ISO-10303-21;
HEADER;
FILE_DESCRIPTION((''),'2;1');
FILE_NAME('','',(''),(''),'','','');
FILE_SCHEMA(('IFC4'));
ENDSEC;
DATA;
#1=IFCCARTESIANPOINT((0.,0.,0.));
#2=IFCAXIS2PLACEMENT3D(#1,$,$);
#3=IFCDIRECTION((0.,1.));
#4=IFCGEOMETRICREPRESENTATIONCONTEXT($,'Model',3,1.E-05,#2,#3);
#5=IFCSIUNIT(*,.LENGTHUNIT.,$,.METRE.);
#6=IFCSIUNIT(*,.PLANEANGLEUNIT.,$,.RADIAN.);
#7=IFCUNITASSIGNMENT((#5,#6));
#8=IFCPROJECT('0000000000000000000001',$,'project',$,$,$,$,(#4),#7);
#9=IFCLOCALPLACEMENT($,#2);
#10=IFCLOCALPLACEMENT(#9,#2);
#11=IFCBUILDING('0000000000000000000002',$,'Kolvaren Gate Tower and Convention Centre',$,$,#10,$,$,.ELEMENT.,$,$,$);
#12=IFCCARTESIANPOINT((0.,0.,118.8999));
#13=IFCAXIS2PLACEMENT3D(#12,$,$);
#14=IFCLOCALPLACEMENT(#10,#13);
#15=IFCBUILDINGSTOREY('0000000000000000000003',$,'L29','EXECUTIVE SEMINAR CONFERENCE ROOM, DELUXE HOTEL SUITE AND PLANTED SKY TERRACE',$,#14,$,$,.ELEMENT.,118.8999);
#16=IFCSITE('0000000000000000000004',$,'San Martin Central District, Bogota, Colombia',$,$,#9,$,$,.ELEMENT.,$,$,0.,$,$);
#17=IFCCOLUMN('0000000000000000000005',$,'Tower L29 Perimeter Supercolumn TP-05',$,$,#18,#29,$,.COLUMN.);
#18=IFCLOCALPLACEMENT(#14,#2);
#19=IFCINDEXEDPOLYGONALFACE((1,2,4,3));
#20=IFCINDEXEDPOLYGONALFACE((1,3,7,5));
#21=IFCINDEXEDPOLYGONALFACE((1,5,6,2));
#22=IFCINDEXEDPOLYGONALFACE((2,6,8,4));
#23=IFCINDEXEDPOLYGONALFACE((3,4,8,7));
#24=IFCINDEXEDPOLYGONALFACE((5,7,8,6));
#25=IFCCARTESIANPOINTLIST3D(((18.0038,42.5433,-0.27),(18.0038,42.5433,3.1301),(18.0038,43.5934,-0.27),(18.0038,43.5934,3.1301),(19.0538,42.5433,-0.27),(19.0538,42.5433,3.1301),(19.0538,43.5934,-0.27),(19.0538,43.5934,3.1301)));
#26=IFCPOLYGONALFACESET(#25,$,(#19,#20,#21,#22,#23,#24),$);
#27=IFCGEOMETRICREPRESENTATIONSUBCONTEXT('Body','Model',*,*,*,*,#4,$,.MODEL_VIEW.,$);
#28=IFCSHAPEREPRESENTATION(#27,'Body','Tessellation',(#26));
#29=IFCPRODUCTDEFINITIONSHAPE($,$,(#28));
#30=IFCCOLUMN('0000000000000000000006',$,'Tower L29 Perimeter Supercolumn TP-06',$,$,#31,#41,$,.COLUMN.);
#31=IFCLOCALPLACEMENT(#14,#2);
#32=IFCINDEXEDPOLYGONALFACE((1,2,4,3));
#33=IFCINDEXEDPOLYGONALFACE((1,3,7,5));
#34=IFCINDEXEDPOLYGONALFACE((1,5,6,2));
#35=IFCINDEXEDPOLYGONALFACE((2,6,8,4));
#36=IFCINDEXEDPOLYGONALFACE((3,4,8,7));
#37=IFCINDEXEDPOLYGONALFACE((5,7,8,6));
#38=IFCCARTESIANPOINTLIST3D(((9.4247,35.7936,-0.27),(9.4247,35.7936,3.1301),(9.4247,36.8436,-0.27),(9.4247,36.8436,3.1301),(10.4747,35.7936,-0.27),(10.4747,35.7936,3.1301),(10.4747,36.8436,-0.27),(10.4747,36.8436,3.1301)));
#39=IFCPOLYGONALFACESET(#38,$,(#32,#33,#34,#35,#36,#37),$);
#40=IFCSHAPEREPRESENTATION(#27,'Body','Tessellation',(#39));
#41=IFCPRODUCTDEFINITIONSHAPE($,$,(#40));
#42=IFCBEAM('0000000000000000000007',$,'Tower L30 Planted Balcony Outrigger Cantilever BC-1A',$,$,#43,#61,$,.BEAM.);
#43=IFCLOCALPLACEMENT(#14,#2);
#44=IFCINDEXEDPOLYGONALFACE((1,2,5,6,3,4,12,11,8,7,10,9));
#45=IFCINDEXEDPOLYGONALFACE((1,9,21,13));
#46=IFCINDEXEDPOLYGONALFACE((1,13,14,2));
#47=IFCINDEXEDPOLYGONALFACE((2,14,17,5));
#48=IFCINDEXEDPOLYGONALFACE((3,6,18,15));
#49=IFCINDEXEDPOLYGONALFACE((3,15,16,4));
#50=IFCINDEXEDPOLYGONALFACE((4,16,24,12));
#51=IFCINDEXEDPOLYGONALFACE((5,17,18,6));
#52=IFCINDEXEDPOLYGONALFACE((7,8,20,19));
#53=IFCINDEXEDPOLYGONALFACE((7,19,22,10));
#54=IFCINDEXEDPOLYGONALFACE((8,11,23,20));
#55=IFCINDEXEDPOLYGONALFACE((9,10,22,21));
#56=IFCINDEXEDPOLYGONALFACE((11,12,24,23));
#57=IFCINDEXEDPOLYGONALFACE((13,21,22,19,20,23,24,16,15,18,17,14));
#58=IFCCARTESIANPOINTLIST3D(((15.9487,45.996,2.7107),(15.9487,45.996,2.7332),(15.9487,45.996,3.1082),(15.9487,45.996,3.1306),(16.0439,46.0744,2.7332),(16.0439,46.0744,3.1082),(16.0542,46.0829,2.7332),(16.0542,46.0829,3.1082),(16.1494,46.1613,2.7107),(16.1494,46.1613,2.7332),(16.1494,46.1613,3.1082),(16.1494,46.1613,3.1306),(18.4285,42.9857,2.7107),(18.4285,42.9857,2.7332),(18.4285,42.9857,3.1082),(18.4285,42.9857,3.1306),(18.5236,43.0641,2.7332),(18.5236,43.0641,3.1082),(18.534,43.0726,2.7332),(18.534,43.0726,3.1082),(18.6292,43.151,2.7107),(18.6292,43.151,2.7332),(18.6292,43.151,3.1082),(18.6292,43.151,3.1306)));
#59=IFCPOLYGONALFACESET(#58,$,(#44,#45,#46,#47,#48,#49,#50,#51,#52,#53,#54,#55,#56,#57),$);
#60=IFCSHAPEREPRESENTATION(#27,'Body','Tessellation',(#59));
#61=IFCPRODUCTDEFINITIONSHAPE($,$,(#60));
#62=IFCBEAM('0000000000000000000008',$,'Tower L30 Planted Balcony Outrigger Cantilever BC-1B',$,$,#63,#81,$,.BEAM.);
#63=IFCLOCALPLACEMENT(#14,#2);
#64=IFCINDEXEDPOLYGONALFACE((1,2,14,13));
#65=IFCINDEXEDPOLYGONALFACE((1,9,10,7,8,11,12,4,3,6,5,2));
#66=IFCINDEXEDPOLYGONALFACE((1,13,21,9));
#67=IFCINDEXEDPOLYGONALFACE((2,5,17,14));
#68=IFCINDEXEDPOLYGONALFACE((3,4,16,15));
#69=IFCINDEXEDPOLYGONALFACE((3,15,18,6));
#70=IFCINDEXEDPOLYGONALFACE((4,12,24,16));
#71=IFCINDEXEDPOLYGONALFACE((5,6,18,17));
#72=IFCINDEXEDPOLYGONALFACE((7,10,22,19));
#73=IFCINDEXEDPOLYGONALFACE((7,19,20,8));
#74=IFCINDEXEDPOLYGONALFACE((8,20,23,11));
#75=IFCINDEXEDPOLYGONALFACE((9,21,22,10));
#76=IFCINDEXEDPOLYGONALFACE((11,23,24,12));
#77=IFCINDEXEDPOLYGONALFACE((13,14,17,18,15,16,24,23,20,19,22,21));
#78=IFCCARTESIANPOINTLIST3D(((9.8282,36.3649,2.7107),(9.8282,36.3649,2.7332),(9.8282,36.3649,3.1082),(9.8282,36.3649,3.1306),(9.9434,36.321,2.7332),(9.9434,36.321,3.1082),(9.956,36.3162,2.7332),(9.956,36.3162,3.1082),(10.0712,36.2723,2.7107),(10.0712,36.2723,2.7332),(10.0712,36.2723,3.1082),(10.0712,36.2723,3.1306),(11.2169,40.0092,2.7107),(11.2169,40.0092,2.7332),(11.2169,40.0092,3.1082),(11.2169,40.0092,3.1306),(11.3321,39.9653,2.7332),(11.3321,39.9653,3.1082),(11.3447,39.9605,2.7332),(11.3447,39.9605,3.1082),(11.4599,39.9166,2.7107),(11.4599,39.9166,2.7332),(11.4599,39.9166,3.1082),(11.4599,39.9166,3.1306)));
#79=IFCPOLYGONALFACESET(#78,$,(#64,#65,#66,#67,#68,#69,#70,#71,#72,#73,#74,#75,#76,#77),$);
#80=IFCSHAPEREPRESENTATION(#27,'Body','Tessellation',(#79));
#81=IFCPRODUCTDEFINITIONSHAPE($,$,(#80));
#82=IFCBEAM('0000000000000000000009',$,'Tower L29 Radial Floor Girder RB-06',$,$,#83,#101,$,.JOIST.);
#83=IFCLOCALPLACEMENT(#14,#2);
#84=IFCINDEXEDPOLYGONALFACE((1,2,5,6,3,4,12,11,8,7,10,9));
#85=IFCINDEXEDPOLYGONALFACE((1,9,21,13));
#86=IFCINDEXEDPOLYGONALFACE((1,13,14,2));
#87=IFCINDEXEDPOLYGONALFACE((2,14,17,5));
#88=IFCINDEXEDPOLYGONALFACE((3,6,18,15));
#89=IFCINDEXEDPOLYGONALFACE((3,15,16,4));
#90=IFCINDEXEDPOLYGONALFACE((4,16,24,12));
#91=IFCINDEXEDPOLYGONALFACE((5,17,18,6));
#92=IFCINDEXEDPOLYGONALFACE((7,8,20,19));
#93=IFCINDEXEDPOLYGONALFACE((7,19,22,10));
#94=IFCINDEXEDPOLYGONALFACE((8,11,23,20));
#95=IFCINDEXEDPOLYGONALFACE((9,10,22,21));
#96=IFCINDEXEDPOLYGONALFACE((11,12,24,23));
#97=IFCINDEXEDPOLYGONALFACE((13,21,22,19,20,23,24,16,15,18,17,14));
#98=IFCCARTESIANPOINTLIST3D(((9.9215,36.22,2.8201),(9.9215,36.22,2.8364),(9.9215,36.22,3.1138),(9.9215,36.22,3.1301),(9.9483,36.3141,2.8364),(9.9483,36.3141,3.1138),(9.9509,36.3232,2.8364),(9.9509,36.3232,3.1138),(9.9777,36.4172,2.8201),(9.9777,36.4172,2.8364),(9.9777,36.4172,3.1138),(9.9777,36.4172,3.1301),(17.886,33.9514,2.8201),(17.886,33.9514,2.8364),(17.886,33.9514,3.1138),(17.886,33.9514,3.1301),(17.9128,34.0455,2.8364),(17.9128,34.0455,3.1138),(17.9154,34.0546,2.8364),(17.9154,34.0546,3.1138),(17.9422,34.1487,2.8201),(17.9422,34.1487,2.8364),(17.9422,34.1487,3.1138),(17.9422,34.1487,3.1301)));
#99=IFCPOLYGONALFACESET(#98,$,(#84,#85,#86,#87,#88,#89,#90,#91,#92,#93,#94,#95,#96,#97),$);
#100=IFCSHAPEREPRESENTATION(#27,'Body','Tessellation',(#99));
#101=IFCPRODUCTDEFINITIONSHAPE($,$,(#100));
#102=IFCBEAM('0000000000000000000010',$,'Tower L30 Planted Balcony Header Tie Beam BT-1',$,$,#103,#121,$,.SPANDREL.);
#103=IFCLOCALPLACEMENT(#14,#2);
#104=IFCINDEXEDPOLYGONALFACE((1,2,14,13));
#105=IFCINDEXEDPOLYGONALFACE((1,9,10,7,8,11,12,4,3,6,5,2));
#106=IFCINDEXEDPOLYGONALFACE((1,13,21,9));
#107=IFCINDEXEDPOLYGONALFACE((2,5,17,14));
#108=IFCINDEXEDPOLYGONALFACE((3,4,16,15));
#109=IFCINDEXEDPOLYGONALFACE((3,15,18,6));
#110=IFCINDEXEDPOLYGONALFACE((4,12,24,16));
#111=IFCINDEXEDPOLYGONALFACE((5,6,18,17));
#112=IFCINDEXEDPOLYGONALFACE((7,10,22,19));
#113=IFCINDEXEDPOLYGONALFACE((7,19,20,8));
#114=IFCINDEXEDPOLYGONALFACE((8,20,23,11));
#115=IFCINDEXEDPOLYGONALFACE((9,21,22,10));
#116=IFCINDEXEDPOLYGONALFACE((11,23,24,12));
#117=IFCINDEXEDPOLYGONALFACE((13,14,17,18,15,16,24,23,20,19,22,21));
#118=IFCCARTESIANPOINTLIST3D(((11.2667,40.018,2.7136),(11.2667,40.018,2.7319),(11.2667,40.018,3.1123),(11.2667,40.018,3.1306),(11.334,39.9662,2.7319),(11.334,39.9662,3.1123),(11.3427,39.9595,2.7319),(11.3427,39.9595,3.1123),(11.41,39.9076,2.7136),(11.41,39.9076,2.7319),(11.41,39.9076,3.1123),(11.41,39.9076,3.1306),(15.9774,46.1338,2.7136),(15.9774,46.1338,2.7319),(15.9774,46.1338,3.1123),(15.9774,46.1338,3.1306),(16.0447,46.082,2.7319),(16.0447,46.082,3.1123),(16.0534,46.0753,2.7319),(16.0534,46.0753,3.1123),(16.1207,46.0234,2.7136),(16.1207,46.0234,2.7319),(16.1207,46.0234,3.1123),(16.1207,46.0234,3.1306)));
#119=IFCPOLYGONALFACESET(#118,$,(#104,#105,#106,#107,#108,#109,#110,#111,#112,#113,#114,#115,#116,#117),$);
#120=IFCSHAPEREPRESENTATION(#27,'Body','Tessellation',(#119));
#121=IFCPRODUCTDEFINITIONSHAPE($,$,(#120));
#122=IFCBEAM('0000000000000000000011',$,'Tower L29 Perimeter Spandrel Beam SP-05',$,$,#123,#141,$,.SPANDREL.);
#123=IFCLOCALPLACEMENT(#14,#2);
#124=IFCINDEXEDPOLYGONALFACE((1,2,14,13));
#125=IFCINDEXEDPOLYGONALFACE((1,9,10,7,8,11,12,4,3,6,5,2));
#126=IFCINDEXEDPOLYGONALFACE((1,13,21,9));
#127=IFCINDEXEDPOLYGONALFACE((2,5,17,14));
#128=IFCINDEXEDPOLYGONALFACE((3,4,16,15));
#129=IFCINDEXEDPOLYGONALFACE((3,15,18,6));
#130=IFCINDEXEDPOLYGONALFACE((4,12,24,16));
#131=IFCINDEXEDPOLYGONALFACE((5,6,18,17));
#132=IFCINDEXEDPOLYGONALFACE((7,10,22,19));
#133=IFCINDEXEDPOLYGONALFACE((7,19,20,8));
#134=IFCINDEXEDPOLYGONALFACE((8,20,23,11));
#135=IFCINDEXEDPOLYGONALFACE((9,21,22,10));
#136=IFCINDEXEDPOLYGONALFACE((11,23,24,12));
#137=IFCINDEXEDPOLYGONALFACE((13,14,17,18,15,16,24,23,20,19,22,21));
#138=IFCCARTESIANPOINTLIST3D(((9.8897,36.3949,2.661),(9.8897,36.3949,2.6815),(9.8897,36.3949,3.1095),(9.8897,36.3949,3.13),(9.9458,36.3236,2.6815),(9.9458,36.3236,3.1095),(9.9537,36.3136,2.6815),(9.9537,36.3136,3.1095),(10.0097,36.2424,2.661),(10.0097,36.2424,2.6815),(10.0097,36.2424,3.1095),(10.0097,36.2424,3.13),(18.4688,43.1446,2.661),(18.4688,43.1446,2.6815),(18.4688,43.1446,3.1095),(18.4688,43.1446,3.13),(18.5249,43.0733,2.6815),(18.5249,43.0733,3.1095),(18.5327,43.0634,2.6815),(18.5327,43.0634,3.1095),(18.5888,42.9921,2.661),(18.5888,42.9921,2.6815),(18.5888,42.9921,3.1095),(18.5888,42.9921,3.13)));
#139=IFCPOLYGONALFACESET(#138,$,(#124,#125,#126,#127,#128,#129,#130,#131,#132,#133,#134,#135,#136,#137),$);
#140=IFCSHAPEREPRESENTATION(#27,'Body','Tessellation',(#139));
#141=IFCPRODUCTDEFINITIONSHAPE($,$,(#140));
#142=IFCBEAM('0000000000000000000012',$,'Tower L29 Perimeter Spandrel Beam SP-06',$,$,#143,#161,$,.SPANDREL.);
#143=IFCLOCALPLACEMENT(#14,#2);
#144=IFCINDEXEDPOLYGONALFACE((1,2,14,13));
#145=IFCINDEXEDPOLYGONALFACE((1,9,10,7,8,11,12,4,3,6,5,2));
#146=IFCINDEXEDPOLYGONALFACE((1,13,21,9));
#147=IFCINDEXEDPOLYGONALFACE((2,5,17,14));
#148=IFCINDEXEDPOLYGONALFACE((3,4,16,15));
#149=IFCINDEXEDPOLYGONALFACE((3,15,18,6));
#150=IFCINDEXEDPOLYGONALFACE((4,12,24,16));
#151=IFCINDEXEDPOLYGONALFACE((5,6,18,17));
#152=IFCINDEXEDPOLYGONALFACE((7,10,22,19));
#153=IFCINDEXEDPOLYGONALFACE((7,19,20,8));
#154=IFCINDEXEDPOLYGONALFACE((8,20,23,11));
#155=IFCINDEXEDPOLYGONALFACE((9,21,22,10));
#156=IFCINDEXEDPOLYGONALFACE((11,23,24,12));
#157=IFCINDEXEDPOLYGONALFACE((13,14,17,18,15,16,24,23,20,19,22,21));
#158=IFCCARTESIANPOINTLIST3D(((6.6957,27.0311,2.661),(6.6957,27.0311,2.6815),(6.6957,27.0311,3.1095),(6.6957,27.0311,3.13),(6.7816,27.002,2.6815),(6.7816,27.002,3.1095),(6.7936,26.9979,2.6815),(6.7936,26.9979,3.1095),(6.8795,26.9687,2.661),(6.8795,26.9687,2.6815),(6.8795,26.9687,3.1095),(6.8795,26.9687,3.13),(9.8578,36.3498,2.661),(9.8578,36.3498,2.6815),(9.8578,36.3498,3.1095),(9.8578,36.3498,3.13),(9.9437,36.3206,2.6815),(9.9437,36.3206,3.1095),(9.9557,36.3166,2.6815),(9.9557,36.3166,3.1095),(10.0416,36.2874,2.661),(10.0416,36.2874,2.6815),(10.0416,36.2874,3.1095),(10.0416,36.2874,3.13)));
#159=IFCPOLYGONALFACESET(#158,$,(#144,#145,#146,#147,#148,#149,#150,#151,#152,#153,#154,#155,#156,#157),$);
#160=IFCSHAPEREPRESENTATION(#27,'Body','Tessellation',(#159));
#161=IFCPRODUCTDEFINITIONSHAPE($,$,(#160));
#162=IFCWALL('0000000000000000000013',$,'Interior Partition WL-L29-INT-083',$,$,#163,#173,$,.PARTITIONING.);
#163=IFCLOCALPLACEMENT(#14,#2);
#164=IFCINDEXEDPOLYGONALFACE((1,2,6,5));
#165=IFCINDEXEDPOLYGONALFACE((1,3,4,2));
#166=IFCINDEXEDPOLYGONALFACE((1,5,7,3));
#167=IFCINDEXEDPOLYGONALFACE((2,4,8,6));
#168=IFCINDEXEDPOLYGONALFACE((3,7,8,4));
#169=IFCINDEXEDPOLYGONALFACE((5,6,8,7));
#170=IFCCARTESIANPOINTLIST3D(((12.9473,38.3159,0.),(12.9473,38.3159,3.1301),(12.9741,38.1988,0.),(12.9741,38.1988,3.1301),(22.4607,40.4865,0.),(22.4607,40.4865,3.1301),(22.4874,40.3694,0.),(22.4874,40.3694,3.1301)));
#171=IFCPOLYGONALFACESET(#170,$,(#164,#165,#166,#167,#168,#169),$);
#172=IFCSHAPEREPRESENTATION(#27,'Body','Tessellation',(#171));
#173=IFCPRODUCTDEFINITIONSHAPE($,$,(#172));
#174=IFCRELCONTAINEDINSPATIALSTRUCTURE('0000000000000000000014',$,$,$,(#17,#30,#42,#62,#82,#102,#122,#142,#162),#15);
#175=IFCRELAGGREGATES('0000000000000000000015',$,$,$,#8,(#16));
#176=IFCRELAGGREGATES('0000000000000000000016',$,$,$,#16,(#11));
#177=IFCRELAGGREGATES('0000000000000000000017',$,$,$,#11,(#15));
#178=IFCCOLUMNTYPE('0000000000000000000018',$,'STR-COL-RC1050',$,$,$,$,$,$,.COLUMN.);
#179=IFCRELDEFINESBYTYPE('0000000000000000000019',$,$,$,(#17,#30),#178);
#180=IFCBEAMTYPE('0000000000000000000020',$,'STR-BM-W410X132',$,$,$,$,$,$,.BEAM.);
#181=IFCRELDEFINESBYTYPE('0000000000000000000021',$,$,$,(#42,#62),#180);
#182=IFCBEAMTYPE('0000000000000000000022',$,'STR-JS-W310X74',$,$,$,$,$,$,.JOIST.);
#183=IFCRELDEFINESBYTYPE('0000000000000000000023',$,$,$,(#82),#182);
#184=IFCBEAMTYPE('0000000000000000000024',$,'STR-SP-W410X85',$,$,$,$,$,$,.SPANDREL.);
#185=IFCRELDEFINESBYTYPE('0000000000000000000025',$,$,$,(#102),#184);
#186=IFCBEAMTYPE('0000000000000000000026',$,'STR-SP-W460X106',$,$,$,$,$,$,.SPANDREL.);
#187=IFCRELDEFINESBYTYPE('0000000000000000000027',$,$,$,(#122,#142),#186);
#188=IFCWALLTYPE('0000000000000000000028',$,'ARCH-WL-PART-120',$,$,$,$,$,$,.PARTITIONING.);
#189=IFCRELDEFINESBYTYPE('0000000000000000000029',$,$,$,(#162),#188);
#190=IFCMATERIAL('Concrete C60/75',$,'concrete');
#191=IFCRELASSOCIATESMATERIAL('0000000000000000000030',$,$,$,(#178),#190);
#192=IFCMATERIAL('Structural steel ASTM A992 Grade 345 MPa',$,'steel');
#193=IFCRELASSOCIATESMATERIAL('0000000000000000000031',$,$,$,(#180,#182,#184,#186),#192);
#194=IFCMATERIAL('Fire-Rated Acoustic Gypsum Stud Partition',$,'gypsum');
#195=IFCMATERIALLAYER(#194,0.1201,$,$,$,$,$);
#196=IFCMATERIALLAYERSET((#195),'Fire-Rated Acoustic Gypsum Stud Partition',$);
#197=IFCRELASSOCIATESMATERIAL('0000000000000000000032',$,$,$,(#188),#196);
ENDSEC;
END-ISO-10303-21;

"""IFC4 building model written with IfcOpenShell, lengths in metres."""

from ifc_helpers import new_model, si_unit, direction, frame, frame_2d, origin, origin_2d, place, context, subcontext, project, spatial, rectangle, i_section, extrude, material, layer, layer_set, material_profile, profile_set, type_object, element, save


model = new_model("IFC4")

# Units and contexts
model_context = context("Model", 3, precision=1e-05, world=origin(), true_north=direction((0.0, 1.0)))
body_context = subcontext(model_context, "Body", "Model", "MODEL_VIEW")
ifc_project = project(units=[si_unit("LENGTHUNIT", "METRE"), si_unit("PLANEANGLEUNIT", "RADIAN")], contexts=[model_context])

# Site, building, storey
site_placement = place(None, origin())
site = spatial("IfcSite", under=ifc_project, at=site_placement, Name="San Martin Central District, Bogota, Colombia", CompositionType="ELEMENT", RefElevation=0.0)
building_placement = place(site_placement, origin())
building = spatial("IfcBuilding", under=site, at=building_placement, Name="Kolvaren Gate Tower and Convention Centre", CompositionType="ELEMENT")
storey_placement = place(building_placement, frame((0.0, 0.0, 118.8999)))
storey = spatial("IfcBuildingStorey", under=building, at=storey_placement, Name="L29", Description="EXECUTIVE SEMINAR CONFERENCE ROOM, DELUXE HOTEL SUITE AND PLANTED SKY TERRACE", CompositionType="ELEMENT", Elevation=118.8999)

# Columns
ifc_material_1 = material(Name="Concrete C60/75", Category="concrete")
ifc_material_profile_1 = material_profile(ifc_material_1, rectangle(XDim=1.05, YDim=1.05, at=origin_2d()), Name="RC-COL-1050X1050")
ifc_profile_set_1 = profile_set([ifc_material_profile_1], Name="Concrete C60/75")
column_type = type_object("IfcColumnType", Name="STR-COL-RC1050", PredefinedType="COLUMN", material=ifc_profile_set_1)
for number, where, z_axis, x_axis, name in (
    (1, (18.5288, 43.0684, -0.27), (0.0, 0.0, 1.0), (1.0, 0.0, 0.0), "Tower L29 Perimeter Supercolumn TP-05"),
    (2, (9.9497, 36.3186, -0.27), (0.0, 0.0, 1.0), (1.0, 0.0, 0.0), "Tower L29 Perimeter Supercolumn TP-06"),
):
    element("IfcColumn", number, at=place(storey_placement, frame(where, z_axis=z_axis, x_axis=x_axis)), inside=storey, type_object=column_type, Name=name, PredefinedType="COLUMN", context=body_context, shape_type="SweptSolid", body=[
        extrude(rectangle(XDim=1.05, YDim=1.05, at=origin_2d()), origin(), (0.0, 0.0, 1.0), 3.4001),
    ])

# Beams
ifc_material_2 = material(Name="Structural steel ASTM A992 Grade 345 MPa", Category="steel")
ifc_material_profile_2 = material_profile(ifc_material_2, i_section(OverallWidth=0.26, OverallDepth=0.4199, WebThickness=0.0134, FlangeThickness=0.0225, at=origin_2d()), Name="W410X132")
ifc_profile_set_2 = profile_set([ifc_material_profile_2], Name="Structural steel ASTM A992 Grade 345 MPa")
beam_type_1 = type_object("IfcBeamType", Name="STR-BM-W410X132", PredefinedType="BEAM", material=ifc_profile_set_2)
beam_1_placement = place(storey_placement, frame((18.5288, 43.0684, 2.9207), z_axis=(-0.635815, 0.771842, 0.0), x_axis=(-0.771842, -0.635815, 0.0)))
element("IfcBeam", 3, at=beam_1_placement, inside=storey, type_object=beam_type_1, Name="Tower L30 Planted Balcony Outrigger Cantilever BC-1A", PredefinedType="BEAM", context=body_context, shape_type="SweptSolid", body=[
    extrude(i_section(OverallWidth=0.26, OverallDepth=0.4199, WebThickness=0.0134, FlangeThickness=0.0225, at=origin_2d()), origin(), (0.0, 0.0, 1.0), 3.9001),
])
beam_2_placement = place(storey_placement, frame((9.9497, 36.3186, 2.9207), z_axis=(0.356079, 0.934456, 0.0), x_axis=(-0.934456, 0.356079, 0.0)))
element("IfcBeam", 4, at=beam_2_placement, inside=storey, type_object=beam_type_1, Name="Tower L30 Planted Balcony Outrigger Cantilever BC-1B", PredefinedType="BEAM", context=body_context, shape_type="SweptSolid", body=[
    extrude(i_section(OverallWidth=0.26, OverallDepth=0.4199, WebThickness=0.0134, FlangeThickness=0.0225, at=origin_2d()), origin(), (0.0, 0.0, 1.0), 3.8999),
])
ifc_material_profile_3 = material_profile(ifc_material_2, i_section(OverallWidth=0.2051, OverallDepth=0.3101, WebThickness=0.0095, FlangeThickness=0.0164, at=origin_2d()), Name="W310X74")
ifc_profile_set_3 = profile_set([ifc_material_profile_3], Name="Structural steel ASTM A992 Grade 345 MPa")
beam_type_2 = type_object("IfcBeamType", Name="STR-JS-W310X74", PredefinedType="JOIST", material=ifc_profile_set_3)
beam_3_placement = place(storey_placement, frame((17.9141, 34.05, 2.9751), z_axis=(-0.961746, 0.273942, 0.0), x_axis=(-0.273942, -0.961746, 0.0)))
element("IfcBeam", 5, at=beam_3_placement, inside=storey, type_object=beam_type_2, Name="Tower L29 Radial Floor Girder RB-06", PredefinedType="JOIST", context=body_context, shape_type="SweptSolid", body=[
    extrude(i_section(OverallWidth=0.2051, OverallDepth=0.3101, WebThickness=0.0095, FlangeThickness=0.0164, at=origin_2d()), origin(), (0.0, 0.0, 1.0), 8.2812),
])
ifc_material_profile_4 = material_profile(ifc_material_2, i_section(OverallWidth=0.1809, OverallDepth=0.417, WebThickness=0.011, FlangeThickness=0.0183, at=origin_2d()), Name="W410X85")
ifc_profile_set_4 = profile_set([ifc_material_profile_4], Name="Structural steel ASTM A992 Grade 345 MPa")
beam_type_3 = type_object("IfcBeamType", Name="STR-SP-W410X85", PredefinedType="SPANDREL", material=ifc_profile_set_4)
beam_4_placement = place(storey_placement, frame((16.0491, 46.0786, 2.9221), z_axis=(-0.610223, -0.79223, 0.0), x_axis=(0.79223, -0.610223, 0.0)))
element("IfcBeam", 6, at=beam_4_placement, inside=storey, type_object=beam_type_3, Name="Tower L30 Planted Balcony Header Tie Beam BT-1", PredefinedType="SPANDREL", context=body_context, shape_type="SweptSolid", body=[
    extrude(i_section(OverallWidth=0.1809, OverallDepth=0.417, WebThickness=0.011, FlangeThickness=0.0183, at=origin_2d()), origin(), (0.0, 0.0, 1.0), 7.7197),
])
ifc_material_profile_5 = material_profile(ifc_material_2, i_section(OverallWidth=0.1941, OverallDepth=0.469, WebThickness=0.0127, FlangeThickness=0.0205, at=origin_2d()), Name="W460X106")
ifc_profile_set_5 = profile_set([ifc_material_profile_5], Name="Structural steel ASTM A992 Grade 345 MPa")
beam_type_4 = type_object("IfcBeamType", Name="STR-SP-W460X106", PredefinedType="SPANDREL", material=ifc_profile_set_5)
beam_5_placement = place(storey_placement, frame((18.5288, 43.0684, 2.8955), z_axis=(-0.785916, -0.618333, 0.0), x_axis=(0.618333, -0.785916, 0.0)))
element("IfcBeam", 7, at=beam_5_placement, inside=storey, type_object=beam_type_4, Name="Tower L29 Perimeter Spandrel Beam SP-05", PredefinedType="SPANDREL", context=body_context, shape_type="SweptSolid", body=[
    extrude(i_section(OverallWidth=0.1941, OverallDepth=0.469, WebThickness=0.0127, FlangeThickness=0.0205, at=origin_2d()), origin(), (0.0, 0.0, 1.0), 10.916),
])
beam_6_placement = place(storey_placement, frame((9.9497, 36.3186, 2.8955), z_axis=(-0.321336, -0.946965, 0.0), x_axis=(0.946965, -0.321336, 0.0)))
element("IfcBeam", 8, at=beam_6_placement, inside=storey, type_object=beam_type_4, Name="Tower L29 Perimeter Spandrel Beam SP-06", PredefinedType="SPANDREL", context=body_context, shape_type="SweptSolid", body=[
    extrude(i_section(OverallWidth=0.1941, OverallDepth=0.469, WebThickness=0.0127, FlangeThickness=0.0205, at=origin_2d()), origin(), (0.0, 0.0, 1.0), 9.8406),
])

# Wall
ifc_material_3 = material(Name="Fire-Rated Acoustic Gypsum Stud Partition", Category="gypsum")
ifc_layer_1 = layer(ifc_material_3, 0.1201)
ifc_layer_set_1 = layer_set([ifc_layer_1], Name="Fire-Rated Acoustic Gypsum Stud Partition")
wall_type_1 = type_object("IfcWallType", Name="ARCH-WL-PART-120", PredefinedType="PARTITIONING", material=ifc_layer_set_1)
wall_1_placement = place(storey_placement, frame((12.9607, 38.2573, 0.0), z_axis=(0.0, 0.0, 1.0), x_axis=(0.974944, 0.22245, 0.0)))
element("IfcWall", 9, at=wall_1_placement, inside=storey, type_object=wall_type_1, Name="Interior Partition WL-L29-INT-083", PredefinedType="PARTITIONING", context=body_context, shape_type="SweptSolid", body=[
    extrude(rectangle(XDim=9.7578, YDim=0.1201, at=frame_2d((4.8789, 0.0))), origin(), (0.0, 0.0, 1.0), 3.1301),
])

save(model, "model.ifc")
